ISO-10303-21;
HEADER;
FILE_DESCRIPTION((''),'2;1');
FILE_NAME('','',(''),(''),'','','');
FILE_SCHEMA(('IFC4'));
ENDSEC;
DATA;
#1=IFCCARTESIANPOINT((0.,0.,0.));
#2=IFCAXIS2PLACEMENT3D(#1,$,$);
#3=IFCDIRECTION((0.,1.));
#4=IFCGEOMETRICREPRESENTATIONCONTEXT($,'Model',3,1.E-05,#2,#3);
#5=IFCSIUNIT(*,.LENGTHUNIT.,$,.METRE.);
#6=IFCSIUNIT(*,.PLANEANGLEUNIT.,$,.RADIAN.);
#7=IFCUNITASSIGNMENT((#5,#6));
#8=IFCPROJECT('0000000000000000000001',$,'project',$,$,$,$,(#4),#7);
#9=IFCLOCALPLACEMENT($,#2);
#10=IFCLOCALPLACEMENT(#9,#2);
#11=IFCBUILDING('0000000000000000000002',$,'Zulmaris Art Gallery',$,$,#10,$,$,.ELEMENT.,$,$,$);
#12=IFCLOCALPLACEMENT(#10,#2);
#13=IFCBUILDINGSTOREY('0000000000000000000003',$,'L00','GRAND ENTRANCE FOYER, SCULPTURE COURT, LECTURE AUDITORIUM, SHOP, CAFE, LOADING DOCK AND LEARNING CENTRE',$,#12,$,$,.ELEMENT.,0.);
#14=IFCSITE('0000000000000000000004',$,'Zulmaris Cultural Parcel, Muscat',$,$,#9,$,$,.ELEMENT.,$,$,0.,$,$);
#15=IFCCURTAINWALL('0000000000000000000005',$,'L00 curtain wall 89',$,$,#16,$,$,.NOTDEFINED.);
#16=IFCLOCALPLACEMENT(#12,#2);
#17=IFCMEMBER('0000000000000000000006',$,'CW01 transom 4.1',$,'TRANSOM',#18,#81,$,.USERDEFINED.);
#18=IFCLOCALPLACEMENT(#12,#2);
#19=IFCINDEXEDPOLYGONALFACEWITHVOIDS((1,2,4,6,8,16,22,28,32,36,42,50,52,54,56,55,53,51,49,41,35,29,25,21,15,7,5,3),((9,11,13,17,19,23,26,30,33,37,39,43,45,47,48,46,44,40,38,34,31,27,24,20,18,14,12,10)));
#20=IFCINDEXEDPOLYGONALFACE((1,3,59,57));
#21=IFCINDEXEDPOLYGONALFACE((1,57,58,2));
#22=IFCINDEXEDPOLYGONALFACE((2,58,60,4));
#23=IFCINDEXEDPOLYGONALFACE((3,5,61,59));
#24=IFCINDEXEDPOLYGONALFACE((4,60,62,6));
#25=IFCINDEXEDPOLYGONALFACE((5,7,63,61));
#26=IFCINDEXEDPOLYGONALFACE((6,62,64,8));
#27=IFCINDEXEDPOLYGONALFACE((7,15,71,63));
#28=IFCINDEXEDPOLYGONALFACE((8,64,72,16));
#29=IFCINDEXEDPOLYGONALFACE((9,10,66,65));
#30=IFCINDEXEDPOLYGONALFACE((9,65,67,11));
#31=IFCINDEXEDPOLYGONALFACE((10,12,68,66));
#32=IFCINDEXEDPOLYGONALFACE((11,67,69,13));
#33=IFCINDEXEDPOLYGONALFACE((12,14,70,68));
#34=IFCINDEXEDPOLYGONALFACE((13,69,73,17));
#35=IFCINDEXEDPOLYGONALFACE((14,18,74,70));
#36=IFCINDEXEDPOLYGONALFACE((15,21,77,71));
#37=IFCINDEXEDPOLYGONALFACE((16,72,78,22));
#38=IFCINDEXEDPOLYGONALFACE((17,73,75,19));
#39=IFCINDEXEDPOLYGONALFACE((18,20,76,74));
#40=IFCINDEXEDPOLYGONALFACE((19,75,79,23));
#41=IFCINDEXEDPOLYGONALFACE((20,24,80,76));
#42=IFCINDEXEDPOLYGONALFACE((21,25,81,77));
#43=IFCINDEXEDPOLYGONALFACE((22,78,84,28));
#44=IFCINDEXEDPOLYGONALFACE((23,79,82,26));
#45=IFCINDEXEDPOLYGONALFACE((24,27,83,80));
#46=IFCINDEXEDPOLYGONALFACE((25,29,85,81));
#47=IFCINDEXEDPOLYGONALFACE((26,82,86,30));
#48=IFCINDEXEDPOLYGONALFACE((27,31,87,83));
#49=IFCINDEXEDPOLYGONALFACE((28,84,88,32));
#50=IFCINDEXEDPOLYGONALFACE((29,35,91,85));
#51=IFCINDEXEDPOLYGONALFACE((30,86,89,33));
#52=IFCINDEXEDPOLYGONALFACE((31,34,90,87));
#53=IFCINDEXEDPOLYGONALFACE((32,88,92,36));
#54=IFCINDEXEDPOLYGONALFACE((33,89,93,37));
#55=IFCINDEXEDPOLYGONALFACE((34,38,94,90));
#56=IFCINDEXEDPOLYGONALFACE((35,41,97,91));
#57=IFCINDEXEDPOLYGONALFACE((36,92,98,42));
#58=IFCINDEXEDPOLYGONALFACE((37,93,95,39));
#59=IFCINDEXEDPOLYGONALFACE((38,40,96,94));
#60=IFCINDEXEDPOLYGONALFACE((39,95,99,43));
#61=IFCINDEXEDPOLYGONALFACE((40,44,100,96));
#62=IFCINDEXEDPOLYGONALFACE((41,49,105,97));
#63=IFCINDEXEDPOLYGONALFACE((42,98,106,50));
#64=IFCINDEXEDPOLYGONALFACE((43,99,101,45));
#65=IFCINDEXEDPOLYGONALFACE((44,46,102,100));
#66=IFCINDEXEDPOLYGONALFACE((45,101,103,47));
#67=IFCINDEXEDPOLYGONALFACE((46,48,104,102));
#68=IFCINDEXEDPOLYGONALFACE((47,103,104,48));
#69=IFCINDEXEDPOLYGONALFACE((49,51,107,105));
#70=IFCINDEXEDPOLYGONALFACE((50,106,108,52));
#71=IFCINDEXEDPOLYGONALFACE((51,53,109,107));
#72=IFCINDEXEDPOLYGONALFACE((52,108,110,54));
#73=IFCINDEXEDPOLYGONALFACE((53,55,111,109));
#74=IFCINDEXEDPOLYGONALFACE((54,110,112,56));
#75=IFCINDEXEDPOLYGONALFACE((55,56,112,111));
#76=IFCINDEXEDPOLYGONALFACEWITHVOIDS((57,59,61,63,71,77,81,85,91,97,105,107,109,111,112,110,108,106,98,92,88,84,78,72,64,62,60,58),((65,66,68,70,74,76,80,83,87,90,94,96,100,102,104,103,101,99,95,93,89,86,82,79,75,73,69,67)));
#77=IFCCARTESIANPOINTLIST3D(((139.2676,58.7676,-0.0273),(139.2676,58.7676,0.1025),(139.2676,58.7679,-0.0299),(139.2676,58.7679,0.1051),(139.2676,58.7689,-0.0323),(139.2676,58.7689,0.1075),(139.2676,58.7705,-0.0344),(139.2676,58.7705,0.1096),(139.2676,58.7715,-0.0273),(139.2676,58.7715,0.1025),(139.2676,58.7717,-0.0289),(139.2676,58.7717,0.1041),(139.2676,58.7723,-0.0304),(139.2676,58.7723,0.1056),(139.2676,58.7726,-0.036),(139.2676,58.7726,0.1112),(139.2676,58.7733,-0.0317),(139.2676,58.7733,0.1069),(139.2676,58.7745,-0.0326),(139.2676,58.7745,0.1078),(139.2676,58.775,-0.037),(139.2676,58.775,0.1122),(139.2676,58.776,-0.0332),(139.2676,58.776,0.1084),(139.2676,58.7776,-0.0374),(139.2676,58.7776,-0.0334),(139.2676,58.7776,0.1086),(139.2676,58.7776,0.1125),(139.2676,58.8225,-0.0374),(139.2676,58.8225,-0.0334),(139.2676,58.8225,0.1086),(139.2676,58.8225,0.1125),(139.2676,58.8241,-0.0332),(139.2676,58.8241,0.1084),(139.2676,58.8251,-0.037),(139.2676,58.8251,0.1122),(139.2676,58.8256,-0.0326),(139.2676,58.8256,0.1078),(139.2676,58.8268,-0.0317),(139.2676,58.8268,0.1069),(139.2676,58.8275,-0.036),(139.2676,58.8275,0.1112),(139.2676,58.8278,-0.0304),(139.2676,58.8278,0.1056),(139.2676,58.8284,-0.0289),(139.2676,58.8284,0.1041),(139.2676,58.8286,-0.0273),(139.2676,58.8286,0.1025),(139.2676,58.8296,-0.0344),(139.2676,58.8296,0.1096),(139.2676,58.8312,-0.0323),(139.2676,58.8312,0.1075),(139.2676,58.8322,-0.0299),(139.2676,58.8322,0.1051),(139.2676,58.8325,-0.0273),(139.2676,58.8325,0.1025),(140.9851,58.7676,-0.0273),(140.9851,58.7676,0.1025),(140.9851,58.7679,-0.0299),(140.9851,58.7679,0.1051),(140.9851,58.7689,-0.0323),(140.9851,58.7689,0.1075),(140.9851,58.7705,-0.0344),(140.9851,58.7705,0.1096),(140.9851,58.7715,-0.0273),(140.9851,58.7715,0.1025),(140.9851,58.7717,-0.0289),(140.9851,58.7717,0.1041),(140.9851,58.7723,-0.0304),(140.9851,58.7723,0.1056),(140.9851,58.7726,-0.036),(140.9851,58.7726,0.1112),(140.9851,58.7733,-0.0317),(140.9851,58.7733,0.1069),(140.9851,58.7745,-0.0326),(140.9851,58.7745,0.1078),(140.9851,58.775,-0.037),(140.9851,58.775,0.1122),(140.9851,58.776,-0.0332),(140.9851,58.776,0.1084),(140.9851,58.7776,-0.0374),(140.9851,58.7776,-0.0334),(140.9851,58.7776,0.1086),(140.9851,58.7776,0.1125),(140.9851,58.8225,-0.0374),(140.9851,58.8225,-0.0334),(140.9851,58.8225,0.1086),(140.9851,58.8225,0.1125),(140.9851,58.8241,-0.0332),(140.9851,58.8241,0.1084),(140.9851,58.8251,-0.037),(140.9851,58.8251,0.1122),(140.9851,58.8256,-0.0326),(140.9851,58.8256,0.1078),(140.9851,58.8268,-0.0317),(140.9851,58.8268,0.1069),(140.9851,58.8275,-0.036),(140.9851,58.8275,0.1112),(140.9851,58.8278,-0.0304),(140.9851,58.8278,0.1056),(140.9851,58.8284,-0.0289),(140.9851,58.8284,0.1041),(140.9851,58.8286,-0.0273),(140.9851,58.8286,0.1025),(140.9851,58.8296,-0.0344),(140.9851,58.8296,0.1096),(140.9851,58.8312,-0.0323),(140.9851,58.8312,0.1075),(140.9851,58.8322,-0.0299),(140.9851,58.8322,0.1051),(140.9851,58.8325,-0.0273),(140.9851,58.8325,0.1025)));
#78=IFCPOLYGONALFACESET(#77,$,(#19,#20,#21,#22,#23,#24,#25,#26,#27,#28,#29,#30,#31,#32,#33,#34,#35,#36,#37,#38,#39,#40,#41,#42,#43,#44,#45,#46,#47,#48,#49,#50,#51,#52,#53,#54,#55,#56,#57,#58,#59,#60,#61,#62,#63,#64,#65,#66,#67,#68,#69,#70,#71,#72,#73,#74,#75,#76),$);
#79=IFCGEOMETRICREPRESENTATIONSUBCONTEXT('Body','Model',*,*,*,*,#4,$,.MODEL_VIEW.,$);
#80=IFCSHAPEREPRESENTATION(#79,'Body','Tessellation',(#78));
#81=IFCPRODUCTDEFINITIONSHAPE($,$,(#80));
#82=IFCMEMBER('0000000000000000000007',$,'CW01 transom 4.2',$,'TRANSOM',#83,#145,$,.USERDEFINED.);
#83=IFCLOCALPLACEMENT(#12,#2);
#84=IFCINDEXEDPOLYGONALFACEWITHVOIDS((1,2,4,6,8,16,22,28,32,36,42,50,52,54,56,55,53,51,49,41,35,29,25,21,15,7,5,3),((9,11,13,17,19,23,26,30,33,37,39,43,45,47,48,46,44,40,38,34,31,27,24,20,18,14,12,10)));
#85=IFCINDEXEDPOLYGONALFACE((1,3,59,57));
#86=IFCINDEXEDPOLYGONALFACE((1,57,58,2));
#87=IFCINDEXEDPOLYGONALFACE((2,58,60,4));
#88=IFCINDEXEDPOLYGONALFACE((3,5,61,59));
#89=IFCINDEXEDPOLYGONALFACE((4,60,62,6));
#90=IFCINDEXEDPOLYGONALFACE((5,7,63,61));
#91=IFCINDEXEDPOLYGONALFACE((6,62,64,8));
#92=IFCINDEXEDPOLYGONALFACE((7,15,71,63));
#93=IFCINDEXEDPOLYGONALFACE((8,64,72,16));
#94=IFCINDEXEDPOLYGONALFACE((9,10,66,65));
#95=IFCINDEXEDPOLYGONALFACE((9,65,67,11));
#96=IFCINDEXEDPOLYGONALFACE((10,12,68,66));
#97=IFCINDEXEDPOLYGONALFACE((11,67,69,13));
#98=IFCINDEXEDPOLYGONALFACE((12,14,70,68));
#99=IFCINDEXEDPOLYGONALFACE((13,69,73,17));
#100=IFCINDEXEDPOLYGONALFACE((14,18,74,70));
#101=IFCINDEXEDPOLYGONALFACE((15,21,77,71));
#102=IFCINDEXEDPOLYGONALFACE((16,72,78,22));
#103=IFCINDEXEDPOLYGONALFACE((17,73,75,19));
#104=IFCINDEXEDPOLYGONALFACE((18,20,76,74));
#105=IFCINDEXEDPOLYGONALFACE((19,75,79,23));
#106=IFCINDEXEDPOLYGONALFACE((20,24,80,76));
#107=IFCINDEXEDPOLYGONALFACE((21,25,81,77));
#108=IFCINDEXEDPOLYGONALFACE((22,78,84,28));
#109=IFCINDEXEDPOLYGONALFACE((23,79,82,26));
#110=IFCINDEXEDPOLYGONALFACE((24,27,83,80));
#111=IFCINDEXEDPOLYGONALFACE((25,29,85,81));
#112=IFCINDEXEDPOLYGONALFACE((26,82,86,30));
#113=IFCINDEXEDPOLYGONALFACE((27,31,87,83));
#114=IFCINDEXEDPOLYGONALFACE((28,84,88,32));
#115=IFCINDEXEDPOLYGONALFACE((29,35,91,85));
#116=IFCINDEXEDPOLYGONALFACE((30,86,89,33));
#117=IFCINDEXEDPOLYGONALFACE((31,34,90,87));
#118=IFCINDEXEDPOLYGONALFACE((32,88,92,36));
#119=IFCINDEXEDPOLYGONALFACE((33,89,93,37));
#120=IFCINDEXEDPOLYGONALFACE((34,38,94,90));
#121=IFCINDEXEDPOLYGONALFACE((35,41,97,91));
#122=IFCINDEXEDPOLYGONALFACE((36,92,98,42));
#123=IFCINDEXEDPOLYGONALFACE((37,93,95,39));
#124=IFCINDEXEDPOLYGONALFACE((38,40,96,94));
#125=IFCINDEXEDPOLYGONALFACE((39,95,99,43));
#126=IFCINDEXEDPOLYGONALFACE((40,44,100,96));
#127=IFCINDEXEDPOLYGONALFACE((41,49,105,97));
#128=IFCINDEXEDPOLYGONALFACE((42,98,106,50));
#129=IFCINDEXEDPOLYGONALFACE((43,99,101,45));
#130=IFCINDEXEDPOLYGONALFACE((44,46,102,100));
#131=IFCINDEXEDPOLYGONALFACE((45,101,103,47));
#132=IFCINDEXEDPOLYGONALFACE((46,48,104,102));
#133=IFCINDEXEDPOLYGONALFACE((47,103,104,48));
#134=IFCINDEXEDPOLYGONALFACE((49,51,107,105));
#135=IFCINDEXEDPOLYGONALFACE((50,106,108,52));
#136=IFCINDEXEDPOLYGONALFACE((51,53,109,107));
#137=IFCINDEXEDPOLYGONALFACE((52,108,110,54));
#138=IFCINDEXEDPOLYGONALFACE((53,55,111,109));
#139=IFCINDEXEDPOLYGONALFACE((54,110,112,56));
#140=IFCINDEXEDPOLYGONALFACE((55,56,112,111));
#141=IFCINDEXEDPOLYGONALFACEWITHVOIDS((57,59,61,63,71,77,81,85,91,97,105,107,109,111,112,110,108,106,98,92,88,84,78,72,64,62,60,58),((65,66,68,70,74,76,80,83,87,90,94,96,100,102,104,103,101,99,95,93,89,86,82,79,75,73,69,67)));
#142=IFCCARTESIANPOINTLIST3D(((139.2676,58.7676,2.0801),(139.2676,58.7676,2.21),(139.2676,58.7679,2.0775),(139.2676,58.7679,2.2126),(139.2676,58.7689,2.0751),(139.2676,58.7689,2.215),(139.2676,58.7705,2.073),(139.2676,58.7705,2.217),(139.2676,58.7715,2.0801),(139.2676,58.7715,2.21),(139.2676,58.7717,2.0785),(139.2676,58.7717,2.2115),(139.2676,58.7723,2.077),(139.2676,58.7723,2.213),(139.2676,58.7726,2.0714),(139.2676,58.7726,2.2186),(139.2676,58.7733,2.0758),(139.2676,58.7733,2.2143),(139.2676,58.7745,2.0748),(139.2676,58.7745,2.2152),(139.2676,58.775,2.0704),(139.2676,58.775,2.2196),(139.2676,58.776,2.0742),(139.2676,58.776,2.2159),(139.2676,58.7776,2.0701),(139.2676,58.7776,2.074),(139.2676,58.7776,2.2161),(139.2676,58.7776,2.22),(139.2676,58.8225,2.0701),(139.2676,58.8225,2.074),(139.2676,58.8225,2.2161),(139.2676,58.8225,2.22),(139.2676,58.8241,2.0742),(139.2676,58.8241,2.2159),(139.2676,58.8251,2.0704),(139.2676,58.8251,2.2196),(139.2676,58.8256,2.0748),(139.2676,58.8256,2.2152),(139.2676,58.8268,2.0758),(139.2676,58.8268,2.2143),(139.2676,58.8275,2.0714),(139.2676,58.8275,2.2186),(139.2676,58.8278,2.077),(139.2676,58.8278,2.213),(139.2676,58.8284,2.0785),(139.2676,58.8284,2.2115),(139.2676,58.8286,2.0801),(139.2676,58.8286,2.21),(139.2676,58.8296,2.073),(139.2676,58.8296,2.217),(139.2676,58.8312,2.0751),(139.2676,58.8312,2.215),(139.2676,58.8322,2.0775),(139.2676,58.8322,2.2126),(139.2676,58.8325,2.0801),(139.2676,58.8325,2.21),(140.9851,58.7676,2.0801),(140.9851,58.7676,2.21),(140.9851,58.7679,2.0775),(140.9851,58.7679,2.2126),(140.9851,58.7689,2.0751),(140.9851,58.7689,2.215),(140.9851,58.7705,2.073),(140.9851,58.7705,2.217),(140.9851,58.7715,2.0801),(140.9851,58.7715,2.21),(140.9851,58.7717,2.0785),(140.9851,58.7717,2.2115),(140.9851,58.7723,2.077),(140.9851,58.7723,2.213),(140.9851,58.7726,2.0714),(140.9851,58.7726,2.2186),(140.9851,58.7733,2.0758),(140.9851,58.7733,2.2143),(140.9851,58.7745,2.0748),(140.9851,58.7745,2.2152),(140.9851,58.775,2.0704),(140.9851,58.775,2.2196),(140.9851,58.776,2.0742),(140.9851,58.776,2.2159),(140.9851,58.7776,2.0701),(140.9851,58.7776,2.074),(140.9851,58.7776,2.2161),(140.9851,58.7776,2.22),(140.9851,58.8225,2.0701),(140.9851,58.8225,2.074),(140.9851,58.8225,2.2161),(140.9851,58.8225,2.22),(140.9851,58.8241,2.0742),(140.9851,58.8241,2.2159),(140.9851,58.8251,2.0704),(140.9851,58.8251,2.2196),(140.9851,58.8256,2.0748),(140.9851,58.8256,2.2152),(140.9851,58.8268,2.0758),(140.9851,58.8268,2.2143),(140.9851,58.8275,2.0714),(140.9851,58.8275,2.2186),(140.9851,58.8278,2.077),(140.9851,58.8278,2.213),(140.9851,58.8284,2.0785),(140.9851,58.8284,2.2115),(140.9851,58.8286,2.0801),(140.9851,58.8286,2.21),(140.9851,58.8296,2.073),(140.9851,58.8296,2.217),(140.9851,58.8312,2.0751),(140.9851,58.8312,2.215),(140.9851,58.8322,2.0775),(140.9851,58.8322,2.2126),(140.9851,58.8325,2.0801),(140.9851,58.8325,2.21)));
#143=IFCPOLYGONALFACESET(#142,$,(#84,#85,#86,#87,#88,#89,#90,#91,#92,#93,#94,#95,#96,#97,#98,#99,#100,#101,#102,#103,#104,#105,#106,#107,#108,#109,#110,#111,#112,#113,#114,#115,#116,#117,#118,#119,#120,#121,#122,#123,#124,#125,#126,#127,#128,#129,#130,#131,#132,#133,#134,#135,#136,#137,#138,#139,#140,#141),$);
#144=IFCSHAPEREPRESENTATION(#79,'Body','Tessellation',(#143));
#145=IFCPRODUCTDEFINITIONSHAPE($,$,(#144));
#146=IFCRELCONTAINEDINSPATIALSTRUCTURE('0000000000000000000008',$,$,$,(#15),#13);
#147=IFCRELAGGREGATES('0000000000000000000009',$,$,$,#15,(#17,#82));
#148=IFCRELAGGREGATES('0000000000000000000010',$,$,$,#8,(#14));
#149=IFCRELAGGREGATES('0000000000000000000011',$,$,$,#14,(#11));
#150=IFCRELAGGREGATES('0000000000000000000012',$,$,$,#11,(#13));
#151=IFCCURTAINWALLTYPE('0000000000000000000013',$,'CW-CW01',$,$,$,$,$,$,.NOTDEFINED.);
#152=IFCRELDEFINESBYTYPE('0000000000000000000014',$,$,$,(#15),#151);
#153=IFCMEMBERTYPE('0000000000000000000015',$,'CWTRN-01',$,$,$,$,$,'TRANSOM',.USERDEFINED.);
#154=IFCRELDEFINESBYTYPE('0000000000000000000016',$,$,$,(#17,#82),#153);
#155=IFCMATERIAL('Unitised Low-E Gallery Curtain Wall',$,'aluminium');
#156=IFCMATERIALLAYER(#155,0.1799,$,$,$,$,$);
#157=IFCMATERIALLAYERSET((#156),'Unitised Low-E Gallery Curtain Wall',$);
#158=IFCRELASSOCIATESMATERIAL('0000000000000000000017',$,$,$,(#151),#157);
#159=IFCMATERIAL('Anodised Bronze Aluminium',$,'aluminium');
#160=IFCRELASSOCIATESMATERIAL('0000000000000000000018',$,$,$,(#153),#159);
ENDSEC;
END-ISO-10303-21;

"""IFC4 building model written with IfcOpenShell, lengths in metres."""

from ifc_helpers import new_model, si_unit, direction, frame, origin, origin_2d, place, context, subcontext, project, spatial, hollow_rectangle, extrude, material, layer, layer_set, material_profile, profile_set, type_object, element, aggregate, save


model = new_model("IFC4")

# Units and contexts
model_context = context("Model", 3, precision=1e-05, world=origin(), true_north=direction((0.0, 1.0)))
body_context = subcontext(model_context, "Body", "Model", "MODEL_VIEW")
ifc_project = project(units=[si_unit("LENGTHUNIT", "METRE"), si_unit("PLANEANGLEUNIT", "RADIAN")], contexts=[model_context])

# Site, building, storey
site_placement = place(None, origin())
site = spatial("IfcSite", under=ifc_project, at=site_placement, Name="Zulmaris Cultural Parcel, Muscat", CompositionType="ELEMENT", RefElevation=0.0)
building_placement = place(site_placement, origin())
building = spatial("IfcBuilding", under=site, at=building_placement, Name="Zulmaris Art Gallery", CompositionType="ELEMENT")
storey_placement = place(building_placement, origin())
storey = spatial("IfcBuildingStorey", under=building, at=storey_placement, Name="L00", Description="GRAND ENTRANCE FOYER, SCULPTURE COURT, LECTURE AUDITORIUM, SHOP, CAFE, LOADING DOCK AND LEARNING CENTRE", CompositionType="ELEMENT", Elevation=0.0)

# Shared definitions
ifc_material_1 = material(Name="Unitised Low-E Gallery Curtain Wall", Category="aluminium")
ifc_layer_1 = layer(ifc_material_1, 0.1799)
ifc_layer_set_1 = layer_set([ifc_layer_1], Name="Unitised Low-E Gallery Curtain Wall")
curtain_wall_type = type_object("IfcCurtainWallType", Name="CW-CW01", PredefinedType="NOTDEFINED", material=ifc_layer_set_1)
ifc_material_2 = material(Name="Anodised Bronze Aluminium", Category="aluminium")

# Curtain wall, members
curtain_wall_1_placement = place(storey_placement, origin())
curtain_wall_1 = element("IfcCurtainWall", 1, at=curtain_wall_1_placement, inside=storey, type_object=curtain_wall_type, Name="L00 curtain wall 89", PredefinedType="NOTDEFINED")
ifc_material_profile_1 = material_profile(ifc_material_2, hollow_rectangle(XDim=0.0649, YDim=0.1499, WallThickness=0.0039, InnerFilletRadius=0.0061, OuterFilletRadius=0.01, at=origin_2d()), Name="ALU 65x150x4")
ifc_profile_set_1 = profile_set([ifc_material_profile_1], Name="Anodised Bronze Aluminium")
member_type_1 = type_object("IfcMemberType", Name="CWTRN-01", ElementType="TRANSOM", PredefinedType="USERDEFINED", material=ifc_profile_set_1)
member_1_placement = place(storey_placement, frame((139.2676, 58.8, 0.0376), z_axis=(1.0, 0.0, 0.0), x_axis=(0.0, 1.0, 0.0)))
member_1 = element("IfcMember", 2, at=member_1_placement, type_object=member_type_1, Name="CW01 transom 4.1", ObjectType="TRANSOM", PredefinedType="USERDEFINED", context=body_context, shape_type="SweptSolid", body=[
    extrude(hollow_rectangle(XDim=0.0649, YDim=0.1499, WallThickness=0.0039, InnerFilletRadius=0.0061, OuterFilletRadius=0.01, at=origin_2d()), origin(), (0.0, 0.0, 1.0), 1.7175),
])
member_2_placement = place(storey_placement, frame((139.2676, 58.8, 2.145), z_axis=(1.0, 0.0, 0.0), x_axis=(0.0, 1.0, 0.0)))
member_2 = element("IfcMember", 3, at=member_2_placement, type_object=member_type_1, Name="CW01 transom 4.2", ObjectType="TRANSOM", PredefinedType="USERDEFINED", context=body_context, shape_type="SweptSolid", body=[
    extrude(hollow_rectangle(XDim=0.0649, YDim=0.1499, WallThickness=0.0039, InnerFilletRadius=0.0061, OuterFilletRadius=0.01, at=origin_2d()), origin(), (0.0, 0.0, 1.0), 1.7175),
])
aggregate(curtain_wall_1, [member_1, member_2])

save(model, "model.ifc")
